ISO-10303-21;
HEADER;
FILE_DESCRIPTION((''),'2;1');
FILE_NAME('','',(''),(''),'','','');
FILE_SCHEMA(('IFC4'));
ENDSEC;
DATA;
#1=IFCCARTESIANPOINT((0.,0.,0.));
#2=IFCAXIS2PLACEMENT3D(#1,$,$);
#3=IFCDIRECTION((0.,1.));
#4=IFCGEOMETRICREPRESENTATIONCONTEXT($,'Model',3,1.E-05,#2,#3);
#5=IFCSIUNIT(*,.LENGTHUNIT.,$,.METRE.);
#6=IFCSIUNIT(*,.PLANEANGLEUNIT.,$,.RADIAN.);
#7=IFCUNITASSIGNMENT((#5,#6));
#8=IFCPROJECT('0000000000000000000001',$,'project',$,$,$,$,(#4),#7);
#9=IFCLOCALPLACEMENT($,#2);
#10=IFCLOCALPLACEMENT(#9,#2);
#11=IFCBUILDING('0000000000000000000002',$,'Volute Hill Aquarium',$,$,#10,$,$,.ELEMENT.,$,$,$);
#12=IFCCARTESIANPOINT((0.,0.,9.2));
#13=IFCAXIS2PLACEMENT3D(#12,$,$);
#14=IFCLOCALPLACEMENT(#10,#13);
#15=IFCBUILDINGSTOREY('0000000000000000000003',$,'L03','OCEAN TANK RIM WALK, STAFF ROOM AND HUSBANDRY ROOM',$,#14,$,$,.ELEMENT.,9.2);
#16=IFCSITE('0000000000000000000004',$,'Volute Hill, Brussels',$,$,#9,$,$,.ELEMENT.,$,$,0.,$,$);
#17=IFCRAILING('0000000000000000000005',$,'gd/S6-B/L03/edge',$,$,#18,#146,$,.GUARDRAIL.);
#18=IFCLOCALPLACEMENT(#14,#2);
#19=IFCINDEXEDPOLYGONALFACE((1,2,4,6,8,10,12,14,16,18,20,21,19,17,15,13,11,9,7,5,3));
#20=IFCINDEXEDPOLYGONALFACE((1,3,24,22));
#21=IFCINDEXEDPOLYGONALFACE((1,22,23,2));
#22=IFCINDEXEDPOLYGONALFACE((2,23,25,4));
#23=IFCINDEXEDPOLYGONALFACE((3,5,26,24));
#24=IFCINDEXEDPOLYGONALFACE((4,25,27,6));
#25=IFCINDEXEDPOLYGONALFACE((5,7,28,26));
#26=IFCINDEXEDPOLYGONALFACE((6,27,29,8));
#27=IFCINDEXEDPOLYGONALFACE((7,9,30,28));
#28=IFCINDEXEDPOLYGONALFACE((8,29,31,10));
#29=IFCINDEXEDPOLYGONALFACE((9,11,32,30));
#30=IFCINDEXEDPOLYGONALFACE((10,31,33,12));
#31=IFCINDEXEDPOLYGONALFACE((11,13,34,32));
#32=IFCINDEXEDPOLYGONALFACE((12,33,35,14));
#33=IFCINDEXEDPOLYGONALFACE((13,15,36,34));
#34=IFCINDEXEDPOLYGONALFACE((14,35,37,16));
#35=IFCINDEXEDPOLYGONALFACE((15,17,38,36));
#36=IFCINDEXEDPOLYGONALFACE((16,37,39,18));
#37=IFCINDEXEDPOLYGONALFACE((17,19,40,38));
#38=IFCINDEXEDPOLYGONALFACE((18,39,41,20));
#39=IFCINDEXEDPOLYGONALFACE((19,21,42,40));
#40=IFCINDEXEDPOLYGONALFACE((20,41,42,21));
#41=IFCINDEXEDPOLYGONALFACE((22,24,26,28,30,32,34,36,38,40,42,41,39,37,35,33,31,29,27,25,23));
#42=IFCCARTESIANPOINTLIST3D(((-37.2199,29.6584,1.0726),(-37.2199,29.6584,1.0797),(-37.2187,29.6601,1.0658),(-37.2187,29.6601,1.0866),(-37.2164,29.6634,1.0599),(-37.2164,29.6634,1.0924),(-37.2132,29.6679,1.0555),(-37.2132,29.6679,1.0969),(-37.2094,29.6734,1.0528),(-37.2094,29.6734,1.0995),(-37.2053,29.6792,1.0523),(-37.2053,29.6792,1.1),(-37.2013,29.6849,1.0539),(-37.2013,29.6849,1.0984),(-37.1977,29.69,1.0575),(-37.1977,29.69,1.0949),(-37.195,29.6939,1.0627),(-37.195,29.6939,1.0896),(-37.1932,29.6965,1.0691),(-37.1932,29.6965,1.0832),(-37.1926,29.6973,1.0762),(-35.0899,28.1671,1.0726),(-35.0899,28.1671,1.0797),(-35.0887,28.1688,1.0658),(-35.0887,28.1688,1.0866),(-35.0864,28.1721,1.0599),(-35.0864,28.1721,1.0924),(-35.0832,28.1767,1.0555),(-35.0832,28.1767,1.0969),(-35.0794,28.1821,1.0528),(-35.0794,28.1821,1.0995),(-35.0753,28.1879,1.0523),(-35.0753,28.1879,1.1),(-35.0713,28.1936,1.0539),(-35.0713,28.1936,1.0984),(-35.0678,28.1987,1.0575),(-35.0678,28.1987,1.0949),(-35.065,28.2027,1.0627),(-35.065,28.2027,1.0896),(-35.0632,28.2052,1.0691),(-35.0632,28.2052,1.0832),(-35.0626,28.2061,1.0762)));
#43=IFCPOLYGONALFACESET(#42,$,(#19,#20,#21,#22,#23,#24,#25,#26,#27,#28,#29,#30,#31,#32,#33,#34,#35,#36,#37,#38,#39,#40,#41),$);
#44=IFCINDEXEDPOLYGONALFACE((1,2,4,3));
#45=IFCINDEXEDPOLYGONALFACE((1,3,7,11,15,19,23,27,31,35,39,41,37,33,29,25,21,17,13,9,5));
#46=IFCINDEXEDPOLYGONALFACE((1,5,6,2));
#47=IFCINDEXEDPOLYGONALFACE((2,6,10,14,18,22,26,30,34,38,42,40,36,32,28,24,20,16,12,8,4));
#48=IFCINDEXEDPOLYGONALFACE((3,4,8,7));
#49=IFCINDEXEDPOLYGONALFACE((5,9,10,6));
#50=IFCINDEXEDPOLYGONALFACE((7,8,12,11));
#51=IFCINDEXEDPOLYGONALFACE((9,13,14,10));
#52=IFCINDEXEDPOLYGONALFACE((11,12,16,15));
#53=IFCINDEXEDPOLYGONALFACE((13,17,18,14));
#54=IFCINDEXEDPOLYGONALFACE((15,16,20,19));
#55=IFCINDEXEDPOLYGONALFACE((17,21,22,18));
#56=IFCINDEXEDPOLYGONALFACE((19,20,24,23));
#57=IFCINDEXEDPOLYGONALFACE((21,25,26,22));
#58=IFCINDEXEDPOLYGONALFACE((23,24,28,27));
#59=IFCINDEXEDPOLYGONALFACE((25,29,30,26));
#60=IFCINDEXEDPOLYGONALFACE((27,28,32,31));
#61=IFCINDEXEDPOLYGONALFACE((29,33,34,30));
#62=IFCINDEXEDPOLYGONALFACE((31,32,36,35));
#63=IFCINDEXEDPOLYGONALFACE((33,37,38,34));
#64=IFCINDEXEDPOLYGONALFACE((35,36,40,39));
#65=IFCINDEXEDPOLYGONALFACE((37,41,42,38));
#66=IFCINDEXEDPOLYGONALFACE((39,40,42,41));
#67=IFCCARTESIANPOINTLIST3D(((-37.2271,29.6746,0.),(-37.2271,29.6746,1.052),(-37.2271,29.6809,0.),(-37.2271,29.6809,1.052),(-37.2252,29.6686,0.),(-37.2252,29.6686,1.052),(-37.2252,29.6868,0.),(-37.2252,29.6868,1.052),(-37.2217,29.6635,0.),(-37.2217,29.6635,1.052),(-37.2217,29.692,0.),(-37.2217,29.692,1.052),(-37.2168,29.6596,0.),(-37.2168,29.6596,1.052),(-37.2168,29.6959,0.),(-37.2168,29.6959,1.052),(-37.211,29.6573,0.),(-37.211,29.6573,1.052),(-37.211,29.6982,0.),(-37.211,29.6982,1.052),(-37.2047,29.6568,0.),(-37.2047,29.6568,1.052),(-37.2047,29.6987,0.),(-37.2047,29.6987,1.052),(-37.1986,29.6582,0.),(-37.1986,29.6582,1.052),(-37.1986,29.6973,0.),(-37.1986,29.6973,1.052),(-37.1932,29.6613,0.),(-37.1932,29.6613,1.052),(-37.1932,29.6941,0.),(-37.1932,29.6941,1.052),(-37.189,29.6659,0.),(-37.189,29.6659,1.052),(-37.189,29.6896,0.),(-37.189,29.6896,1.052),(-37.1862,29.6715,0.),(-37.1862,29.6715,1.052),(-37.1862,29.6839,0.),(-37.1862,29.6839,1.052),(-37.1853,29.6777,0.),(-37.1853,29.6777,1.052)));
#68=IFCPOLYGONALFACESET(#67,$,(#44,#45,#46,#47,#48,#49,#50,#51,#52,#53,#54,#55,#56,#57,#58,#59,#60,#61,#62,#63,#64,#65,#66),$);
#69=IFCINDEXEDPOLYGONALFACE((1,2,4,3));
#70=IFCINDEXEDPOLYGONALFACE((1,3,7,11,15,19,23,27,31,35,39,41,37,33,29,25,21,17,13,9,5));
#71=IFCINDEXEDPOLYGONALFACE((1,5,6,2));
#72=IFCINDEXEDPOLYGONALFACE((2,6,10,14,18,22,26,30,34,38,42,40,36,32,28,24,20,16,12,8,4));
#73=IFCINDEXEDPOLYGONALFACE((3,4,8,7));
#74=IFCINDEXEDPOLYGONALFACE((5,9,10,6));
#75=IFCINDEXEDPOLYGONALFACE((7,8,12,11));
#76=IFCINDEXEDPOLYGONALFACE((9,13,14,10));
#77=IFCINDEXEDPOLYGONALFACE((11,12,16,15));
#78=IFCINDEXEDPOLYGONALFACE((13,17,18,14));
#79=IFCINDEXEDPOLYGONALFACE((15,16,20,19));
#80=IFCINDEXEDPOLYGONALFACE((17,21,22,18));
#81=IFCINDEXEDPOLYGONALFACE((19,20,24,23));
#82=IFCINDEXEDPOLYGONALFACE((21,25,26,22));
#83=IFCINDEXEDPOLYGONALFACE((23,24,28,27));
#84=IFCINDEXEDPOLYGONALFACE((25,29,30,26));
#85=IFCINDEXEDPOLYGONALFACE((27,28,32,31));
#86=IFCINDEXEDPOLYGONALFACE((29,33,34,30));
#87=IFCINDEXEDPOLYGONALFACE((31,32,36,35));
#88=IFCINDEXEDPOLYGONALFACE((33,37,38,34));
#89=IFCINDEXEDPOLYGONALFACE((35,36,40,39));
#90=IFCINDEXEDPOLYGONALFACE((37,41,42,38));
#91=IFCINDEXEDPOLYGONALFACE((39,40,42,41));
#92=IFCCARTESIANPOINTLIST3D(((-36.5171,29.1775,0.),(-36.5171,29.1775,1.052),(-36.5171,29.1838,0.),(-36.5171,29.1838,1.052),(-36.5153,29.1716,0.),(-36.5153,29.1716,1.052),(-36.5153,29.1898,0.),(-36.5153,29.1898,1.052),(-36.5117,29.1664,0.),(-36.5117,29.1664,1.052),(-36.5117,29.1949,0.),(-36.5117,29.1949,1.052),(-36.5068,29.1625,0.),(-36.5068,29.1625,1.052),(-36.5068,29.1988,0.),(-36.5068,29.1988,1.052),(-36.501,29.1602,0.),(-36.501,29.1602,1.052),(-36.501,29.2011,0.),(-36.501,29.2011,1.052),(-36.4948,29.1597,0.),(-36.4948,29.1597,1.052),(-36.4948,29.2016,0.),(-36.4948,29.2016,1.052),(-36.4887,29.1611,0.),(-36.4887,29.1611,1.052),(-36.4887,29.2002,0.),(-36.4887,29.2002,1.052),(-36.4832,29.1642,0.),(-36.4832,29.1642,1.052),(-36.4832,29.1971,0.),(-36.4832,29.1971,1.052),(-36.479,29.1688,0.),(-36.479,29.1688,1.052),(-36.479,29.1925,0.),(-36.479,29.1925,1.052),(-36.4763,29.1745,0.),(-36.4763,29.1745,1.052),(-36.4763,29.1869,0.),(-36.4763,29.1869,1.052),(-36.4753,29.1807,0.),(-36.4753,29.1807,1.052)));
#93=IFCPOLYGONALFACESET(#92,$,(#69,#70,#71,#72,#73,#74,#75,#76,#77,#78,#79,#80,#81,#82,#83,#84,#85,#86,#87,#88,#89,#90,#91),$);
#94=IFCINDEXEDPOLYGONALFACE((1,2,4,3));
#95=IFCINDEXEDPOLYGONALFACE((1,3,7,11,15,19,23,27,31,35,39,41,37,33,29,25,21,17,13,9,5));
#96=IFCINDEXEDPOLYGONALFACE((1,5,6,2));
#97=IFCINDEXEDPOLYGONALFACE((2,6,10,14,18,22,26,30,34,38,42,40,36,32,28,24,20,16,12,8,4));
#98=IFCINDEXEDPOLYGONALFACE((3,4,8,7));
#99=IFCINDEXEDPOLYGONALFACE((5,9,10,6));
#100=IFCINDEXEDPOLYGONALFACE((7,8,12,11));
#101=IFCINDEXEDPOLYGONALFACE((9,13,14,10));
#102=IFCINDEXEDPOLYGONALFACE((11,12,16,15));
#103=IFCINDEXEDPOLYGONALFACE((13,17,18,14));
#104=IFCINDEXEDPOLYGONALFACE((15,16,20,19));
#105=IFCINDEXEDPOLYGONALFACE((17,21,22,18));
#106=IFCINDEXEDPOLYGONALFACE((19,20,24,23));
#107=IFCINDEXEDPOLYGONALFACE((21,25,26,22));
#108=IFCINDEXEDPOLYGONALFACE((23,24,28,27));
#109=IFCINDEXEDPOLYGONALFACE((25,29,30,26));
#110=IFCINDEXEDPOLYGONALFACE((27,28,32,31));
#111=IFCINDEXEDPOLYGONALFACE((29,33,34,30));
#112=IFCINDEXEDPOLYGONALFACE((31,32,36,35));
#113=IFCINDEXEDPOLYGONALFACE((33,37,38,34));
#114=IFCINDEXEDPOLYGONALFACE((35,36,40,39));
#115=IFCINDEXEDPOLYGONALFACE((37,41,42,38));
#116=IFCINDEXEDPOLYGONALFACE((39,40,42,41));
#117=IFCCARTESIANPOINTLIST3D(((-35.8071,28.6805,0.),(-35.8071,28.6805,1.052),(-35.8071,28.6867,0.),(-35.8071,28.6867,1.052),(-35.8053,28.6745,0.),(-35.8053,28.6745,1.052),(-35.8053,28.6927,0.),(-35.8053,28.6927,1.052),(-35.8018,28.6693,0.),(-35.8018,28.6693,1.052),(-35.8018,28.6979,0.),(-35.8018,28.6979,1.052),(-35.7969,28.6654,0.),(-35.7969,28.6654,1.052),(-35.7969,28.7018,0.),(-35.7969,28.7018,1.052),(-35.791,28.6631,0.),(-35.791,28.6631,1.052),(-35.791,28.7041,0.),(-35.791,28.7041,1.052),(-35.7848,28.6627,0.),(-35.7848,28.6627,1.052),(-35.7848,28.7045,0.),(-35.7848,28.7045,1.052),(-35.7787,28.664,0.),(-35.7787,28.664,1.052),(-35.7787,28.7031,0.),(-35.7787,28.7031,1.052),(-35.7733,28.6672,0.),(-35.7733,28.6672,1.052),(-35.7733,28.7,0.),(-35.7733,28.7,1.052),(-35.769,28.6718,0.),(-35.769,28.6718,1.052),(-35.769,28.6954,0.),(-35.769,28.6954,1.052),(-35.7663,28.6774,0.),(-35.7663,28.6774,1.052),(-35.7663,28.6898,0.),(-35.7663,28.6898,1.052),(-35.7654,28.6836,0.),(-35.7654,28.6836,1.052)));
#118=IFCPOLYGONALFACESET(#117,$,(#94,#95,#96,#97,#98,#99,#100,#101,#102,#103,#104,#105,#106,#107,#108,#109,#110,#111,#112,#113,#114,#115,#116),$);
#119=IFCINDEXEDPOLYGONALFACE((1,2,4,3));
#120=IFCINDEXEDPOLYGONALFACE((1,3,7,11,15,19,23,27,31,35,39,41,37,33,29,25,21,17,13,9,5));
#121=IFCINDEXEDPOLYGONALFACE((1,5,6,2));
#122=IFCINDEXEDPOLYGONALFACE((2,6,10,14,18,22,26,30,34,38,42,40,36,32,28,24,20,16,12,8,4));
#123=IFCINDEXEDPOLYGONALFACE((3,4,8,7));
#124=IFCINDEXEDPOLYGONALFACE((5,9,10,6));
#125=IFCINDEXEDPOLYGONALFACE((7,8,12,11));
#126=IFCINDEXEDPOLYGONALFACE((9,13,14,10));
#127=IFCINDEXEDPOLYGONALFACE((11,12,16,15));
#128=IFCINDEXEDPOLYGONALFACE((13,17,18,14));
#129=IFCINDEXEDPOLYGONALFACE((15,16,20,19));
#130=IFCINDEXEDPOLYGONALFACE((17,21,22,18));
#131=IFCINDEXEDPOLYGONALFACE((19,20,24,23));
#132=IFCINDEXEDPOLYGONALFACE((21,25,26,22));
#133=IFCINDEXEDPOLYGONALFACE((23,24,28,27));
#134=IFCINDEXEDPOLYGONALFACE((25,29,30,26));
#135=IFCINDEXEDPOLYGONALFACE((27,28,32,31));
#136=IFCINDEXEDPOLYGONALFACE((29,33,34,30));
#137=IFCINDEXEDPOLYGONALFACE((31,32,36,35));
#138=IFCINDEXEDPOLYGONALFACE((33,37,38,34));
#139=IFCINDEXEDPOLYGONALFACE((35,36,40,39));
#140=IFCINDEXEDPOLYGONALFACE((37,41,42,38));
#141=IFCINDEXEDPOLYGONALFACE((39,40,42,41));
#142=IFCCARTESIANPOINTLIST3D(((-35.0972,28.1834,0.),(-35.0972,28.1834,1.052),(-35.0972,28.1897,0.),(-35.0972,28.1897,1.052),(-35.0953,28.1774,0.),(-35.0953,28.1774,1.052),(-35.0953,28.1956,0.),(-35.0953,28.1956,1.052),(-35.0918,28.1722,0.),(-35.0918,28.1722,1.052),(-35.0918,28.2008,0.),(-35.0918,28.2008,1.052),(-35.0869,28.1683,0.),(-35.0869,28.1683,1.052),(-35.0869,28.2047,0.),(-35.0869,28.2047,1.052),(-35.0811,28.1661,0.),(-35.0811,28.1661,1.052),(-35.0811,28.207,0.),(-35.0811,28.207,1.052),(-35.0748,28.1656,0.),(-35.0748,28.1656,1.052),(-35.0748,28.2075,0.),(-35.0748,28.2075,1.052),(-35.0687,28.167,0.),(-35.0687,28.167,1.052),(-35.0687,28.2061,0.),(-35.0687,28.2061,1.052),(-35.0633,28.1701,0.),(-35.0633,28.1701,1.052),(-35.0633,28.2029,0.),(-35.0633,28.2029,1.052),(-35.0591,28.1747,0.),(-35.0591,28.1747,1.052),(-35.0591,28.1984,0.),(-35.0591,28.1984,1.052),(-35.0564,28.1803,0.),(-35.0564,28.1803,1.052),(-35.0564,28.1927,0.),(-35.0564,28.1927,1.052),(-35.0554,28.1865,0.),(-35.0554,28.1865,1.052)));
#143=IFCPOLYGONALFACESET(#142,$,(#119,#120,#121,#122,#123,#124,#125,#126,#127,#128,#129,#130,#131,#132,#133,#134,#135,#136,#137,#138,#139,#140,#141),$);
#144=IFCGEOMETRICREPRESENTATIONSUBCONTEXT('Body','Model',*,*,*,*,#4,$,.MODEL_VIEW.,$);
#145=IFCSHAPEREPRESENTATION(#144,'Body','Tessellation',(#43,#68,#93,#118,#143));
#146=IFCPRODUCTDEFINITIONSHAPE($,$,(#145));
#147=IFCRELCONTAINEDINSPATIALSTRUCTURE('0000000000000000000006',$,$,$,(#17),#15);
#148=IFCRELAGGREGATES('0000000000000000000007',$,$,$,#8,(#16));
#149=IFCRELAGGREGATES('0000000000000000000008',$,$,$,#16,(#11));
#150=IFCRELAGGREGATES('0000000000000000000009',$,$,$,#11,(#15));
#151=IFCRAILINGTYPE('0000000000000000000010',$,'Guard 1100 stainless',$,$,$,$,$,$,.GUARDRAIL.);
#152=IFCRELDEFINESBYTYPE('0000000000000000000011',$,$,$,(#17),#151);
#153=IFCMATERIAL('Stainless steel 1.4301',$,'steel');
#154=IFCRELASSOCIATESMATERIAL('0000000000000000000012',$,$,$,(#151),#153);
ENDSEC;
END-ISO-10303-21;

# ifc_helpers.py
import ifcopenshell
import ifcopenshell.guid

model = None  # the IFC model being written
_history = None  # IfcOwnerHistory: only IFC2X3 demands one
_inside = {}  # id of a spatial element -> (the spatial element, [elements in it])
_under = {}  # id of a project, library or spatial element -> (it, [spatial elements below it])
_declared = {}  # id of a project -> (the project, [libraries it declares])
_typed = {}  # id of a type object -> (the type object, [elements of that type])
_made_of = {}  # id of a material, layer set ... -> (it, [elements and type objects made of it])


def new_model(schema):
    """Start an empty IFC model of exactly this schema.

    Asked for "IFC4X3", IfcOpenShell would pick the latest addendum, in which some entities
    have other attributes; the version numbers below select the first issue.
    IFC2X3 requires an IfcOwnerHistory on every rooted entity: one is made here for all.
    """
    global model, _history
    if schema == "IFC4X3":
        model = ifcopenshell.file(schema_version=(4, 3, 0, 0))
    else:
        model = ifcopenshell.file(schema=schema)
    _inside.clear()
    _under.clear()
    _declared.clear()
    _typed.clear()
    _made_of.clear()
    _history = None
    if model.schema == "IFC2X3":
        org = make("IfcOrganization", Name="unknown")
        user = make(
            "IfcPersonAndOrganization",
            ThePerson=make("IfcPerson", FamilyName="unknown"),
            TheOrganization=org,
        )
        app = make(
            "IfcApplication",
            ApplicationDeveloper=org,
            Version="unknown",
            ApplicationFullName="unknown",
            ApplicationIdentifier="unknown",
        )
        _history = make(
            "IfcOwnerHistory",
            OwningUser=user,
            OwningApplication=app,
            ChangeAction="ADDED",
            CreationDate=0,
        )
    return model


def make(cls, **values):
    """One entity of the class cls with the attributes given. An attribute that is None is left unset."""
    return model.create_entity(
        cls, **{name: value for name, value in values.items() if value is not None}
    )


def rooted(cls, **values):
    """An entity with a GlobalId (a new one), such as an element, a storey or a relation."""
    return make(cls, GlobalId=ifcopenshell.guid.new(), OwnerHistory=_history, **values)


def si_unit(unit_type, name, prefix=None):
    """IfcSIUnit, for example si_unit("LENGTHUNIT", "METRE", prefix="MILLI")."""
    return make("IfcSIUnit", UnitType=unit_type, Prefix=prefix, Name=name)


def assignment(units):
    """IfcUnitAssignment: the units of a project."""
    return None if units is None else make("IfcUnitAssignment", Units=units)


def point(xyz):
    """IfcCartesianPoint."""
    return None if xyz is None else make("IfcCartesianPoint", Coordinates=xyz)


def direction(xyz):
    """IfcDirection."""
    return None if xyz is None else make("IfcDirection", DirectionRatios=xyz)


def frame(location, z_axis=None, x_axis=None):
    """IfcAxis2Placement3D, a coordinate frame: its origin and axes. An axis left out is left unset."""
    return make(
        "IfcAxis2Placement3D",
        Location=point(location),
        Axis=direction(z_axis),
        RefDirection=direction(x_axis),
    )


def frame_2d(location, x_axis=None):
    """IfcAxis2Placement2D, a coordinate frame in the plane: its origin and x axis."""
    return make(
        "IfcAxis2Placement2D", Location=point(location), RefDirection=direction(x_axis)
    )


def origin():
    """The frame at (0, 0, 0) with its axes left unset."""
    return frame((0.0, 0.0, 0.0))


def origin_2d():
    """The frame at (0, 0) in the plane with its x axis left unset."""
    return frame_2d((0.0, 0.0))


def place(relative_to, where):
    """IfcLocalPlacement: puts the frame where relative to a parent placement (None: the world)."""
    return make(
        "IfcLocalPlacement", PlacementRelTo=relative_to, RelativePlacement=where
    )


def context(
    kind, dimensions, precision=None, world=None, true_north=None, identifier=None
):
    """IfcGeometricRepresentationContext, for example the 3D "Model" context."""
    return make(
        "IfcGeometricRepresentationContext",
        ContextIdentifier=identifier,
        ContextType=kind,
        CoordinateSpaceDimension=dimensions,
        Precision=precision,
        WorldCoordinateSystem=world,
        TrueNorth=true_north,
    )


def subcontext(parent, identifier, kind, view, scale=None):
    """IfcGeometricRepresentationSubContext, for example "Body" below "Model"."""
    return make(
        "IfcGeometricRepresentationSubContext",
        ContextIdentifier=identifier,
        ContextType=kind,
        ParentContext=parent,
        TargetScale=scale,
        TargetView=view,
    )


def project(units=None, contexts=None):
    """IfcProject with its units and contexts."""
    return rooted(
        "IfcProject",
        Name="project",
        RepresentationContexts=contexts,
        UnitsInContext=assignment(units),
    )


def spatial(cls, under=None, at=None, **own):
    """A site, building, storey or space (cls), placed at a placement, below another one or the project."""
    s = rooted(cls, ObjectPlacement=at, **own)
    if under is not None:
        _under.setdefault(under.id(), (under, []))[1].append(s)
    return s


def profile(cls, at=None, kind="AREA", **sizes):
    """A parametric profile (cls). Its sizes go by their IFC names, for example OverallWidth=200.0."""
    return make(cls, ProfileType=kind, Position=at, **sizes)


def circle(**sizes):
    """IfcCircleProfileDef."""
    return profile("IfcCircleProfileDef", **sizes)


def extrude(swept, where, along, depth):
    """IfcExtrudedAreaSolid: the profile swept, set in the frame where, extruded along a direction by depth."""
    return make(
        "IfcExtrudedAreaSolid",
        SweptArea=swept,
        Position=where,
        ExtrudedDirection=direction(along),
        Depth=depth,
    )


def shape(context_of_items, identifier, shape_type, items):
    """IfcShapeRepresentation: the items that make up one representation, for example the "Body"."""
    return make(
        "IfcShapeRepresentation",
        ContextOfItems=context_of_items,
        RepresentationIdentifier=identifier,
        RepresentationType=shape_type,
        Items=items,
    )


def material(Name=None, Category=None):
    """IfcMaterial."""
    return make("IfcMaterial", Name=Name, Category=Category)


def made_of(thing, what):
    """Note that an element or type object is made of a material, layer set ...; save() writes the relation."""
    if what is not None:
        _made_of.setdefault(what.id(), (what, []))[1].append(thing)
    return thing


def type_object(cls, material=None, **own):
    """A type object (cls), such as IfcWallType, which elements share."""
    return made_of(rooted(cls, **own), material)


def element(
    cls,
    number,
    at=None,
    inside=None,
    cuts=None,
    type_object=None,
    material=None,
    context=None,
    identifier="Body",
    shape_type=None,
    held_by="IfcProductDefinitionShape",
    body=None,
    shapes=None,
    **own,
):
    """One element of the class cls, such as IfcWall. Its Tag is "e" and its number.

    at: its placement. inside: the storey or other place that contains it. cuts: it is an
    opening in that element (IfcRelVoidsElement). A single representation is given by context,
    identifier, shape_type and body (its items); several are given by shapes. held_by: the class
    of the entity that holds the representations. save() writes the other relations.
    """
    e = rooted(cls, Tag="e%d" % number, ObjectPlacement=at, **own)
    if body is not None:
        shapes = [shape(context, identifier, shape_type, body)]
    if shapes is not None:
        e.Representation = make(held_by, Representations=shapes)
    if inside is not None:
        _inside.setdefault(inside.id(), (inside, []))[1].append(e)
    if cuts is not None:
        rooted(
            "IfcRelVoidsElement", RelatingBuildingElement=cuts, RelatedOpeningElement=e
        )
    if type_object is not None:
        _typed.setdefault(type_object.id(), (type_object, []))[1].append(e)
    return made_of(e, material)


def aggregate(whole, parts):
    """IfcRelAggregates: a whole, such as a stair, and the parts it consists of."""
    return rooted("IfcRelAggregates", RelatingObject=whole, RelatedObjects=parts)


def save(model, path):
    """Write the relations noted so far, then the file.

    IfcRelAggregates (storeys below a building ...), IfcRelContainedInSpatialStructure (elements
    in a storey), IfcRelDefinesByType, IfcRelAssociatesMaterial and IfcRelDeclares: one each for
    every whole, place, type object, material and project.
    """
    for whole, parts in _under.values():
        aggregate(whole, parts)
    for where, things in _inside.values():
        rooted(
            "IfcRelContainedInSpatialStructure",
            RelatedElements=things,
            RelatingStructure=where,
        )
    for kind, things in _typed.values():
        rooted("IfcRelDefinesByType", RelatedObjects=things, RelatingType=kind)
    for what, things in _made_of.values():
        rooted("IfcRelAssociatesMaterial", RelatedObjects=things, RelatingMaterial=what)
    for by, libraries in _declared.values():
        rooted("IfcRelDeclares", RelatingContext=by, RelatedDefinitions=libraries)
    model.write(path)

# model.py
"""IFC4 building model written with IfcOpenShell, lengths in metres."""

from ifc_helpers import new_model, si_unit, direction, frame, origin, origin_2d, place, context, subcontext, project, spatial, circle, extrude, material, type_object, element, save


model = new_model("IFC4")

# Units and contexts
model_context = context("Model", 3, precision=1e-05, world=origin(), true_north=direction((0.0, 1.0)))
body_context = subcontext(model_context, "Body", "Model", "MODEL_VIEW")
ifc_project = project(units=[si_unit("LENGTHUNIT", "METRE"), si_unit("PLANEANGLEUNIT", "RADIAN")], contexts=[model_context])

# Site, building, storey
site_placement = place(None, origin())
site = spatial("IfcSite", under=ifc_project, at=site_placement, Name="Volute Hill, Brussels", CompositionType="ELEMENT", RefElevation=0.0)
building_placement = place(site_placement, origin())
building = spatial("IfcBuilding", under=site, at=building_placement, Name="Volute Hill Aquarium", CompositionType="ELEMENT")
storey_placement = place(building_placement, frame((0.0, 0.0, 9.2)))
storey = spatial("IfcBuildingStorey", under=building, at=storey_placement, Name="L03", Description="OCEAN TANK RIM WALK, STAFF ROOM AND HUSBANDRY ROOM", CompositionType="ELEMENT", Elevation=9.2)

# Railing
ifc_material_1 = material(Name="Stainless steel 1.4301", Category="steel")
railing_type_1 = type_object("IfcRailingType", Name="Guard 1100 stainless", PredefinedType="GUARDRAIL", material=ifc_material_1)
railing_1_placement = place(storey_placement, frame((-37.2063, 29.6777, 0.0)))
element("IfcRailing", 1, at=railing_1_placement, inside=storey, type_object=railing_type_1, Name="gd/S6-B/L03/edge", PredefinedType="GUARDRAIL", context=body_context, shape_type="SweptSolid", body=[
    extrude(circle(Radius=0.0239, at=origin_2d()), frame((0.0, 0.0, 1.0762), z_axis=(0.819179, -0.573538, 0.0), x_axis=(0.573538, 0.819179, 0.0)), (0.0, 0.0, 1.0), 2.6001),
    extrude(circle(Radius=0.021, at=origin_2d()), origin(), (0.0, 0.0, 1.0), 1.052),
    extrude(circle(Radius=0.021, at=origin_2d()), frame((0.71, -0.4971, 0.0)), (0.0, 0.0, 1.0), 1.052),
    extrude(circle(Radius=0.021, at=origin_2d()), frame((1.4199, -0.9941, 0.0)), (0.0, 0.0, 1.0), 1.052),
    extrude(circle(Radius=0.021, at=origin_2d()), frame((2.1299, -1.4912, 0.0)), (0.0, 0.0, 1.0), 1.052),
])

save(model, "model.ifc")
